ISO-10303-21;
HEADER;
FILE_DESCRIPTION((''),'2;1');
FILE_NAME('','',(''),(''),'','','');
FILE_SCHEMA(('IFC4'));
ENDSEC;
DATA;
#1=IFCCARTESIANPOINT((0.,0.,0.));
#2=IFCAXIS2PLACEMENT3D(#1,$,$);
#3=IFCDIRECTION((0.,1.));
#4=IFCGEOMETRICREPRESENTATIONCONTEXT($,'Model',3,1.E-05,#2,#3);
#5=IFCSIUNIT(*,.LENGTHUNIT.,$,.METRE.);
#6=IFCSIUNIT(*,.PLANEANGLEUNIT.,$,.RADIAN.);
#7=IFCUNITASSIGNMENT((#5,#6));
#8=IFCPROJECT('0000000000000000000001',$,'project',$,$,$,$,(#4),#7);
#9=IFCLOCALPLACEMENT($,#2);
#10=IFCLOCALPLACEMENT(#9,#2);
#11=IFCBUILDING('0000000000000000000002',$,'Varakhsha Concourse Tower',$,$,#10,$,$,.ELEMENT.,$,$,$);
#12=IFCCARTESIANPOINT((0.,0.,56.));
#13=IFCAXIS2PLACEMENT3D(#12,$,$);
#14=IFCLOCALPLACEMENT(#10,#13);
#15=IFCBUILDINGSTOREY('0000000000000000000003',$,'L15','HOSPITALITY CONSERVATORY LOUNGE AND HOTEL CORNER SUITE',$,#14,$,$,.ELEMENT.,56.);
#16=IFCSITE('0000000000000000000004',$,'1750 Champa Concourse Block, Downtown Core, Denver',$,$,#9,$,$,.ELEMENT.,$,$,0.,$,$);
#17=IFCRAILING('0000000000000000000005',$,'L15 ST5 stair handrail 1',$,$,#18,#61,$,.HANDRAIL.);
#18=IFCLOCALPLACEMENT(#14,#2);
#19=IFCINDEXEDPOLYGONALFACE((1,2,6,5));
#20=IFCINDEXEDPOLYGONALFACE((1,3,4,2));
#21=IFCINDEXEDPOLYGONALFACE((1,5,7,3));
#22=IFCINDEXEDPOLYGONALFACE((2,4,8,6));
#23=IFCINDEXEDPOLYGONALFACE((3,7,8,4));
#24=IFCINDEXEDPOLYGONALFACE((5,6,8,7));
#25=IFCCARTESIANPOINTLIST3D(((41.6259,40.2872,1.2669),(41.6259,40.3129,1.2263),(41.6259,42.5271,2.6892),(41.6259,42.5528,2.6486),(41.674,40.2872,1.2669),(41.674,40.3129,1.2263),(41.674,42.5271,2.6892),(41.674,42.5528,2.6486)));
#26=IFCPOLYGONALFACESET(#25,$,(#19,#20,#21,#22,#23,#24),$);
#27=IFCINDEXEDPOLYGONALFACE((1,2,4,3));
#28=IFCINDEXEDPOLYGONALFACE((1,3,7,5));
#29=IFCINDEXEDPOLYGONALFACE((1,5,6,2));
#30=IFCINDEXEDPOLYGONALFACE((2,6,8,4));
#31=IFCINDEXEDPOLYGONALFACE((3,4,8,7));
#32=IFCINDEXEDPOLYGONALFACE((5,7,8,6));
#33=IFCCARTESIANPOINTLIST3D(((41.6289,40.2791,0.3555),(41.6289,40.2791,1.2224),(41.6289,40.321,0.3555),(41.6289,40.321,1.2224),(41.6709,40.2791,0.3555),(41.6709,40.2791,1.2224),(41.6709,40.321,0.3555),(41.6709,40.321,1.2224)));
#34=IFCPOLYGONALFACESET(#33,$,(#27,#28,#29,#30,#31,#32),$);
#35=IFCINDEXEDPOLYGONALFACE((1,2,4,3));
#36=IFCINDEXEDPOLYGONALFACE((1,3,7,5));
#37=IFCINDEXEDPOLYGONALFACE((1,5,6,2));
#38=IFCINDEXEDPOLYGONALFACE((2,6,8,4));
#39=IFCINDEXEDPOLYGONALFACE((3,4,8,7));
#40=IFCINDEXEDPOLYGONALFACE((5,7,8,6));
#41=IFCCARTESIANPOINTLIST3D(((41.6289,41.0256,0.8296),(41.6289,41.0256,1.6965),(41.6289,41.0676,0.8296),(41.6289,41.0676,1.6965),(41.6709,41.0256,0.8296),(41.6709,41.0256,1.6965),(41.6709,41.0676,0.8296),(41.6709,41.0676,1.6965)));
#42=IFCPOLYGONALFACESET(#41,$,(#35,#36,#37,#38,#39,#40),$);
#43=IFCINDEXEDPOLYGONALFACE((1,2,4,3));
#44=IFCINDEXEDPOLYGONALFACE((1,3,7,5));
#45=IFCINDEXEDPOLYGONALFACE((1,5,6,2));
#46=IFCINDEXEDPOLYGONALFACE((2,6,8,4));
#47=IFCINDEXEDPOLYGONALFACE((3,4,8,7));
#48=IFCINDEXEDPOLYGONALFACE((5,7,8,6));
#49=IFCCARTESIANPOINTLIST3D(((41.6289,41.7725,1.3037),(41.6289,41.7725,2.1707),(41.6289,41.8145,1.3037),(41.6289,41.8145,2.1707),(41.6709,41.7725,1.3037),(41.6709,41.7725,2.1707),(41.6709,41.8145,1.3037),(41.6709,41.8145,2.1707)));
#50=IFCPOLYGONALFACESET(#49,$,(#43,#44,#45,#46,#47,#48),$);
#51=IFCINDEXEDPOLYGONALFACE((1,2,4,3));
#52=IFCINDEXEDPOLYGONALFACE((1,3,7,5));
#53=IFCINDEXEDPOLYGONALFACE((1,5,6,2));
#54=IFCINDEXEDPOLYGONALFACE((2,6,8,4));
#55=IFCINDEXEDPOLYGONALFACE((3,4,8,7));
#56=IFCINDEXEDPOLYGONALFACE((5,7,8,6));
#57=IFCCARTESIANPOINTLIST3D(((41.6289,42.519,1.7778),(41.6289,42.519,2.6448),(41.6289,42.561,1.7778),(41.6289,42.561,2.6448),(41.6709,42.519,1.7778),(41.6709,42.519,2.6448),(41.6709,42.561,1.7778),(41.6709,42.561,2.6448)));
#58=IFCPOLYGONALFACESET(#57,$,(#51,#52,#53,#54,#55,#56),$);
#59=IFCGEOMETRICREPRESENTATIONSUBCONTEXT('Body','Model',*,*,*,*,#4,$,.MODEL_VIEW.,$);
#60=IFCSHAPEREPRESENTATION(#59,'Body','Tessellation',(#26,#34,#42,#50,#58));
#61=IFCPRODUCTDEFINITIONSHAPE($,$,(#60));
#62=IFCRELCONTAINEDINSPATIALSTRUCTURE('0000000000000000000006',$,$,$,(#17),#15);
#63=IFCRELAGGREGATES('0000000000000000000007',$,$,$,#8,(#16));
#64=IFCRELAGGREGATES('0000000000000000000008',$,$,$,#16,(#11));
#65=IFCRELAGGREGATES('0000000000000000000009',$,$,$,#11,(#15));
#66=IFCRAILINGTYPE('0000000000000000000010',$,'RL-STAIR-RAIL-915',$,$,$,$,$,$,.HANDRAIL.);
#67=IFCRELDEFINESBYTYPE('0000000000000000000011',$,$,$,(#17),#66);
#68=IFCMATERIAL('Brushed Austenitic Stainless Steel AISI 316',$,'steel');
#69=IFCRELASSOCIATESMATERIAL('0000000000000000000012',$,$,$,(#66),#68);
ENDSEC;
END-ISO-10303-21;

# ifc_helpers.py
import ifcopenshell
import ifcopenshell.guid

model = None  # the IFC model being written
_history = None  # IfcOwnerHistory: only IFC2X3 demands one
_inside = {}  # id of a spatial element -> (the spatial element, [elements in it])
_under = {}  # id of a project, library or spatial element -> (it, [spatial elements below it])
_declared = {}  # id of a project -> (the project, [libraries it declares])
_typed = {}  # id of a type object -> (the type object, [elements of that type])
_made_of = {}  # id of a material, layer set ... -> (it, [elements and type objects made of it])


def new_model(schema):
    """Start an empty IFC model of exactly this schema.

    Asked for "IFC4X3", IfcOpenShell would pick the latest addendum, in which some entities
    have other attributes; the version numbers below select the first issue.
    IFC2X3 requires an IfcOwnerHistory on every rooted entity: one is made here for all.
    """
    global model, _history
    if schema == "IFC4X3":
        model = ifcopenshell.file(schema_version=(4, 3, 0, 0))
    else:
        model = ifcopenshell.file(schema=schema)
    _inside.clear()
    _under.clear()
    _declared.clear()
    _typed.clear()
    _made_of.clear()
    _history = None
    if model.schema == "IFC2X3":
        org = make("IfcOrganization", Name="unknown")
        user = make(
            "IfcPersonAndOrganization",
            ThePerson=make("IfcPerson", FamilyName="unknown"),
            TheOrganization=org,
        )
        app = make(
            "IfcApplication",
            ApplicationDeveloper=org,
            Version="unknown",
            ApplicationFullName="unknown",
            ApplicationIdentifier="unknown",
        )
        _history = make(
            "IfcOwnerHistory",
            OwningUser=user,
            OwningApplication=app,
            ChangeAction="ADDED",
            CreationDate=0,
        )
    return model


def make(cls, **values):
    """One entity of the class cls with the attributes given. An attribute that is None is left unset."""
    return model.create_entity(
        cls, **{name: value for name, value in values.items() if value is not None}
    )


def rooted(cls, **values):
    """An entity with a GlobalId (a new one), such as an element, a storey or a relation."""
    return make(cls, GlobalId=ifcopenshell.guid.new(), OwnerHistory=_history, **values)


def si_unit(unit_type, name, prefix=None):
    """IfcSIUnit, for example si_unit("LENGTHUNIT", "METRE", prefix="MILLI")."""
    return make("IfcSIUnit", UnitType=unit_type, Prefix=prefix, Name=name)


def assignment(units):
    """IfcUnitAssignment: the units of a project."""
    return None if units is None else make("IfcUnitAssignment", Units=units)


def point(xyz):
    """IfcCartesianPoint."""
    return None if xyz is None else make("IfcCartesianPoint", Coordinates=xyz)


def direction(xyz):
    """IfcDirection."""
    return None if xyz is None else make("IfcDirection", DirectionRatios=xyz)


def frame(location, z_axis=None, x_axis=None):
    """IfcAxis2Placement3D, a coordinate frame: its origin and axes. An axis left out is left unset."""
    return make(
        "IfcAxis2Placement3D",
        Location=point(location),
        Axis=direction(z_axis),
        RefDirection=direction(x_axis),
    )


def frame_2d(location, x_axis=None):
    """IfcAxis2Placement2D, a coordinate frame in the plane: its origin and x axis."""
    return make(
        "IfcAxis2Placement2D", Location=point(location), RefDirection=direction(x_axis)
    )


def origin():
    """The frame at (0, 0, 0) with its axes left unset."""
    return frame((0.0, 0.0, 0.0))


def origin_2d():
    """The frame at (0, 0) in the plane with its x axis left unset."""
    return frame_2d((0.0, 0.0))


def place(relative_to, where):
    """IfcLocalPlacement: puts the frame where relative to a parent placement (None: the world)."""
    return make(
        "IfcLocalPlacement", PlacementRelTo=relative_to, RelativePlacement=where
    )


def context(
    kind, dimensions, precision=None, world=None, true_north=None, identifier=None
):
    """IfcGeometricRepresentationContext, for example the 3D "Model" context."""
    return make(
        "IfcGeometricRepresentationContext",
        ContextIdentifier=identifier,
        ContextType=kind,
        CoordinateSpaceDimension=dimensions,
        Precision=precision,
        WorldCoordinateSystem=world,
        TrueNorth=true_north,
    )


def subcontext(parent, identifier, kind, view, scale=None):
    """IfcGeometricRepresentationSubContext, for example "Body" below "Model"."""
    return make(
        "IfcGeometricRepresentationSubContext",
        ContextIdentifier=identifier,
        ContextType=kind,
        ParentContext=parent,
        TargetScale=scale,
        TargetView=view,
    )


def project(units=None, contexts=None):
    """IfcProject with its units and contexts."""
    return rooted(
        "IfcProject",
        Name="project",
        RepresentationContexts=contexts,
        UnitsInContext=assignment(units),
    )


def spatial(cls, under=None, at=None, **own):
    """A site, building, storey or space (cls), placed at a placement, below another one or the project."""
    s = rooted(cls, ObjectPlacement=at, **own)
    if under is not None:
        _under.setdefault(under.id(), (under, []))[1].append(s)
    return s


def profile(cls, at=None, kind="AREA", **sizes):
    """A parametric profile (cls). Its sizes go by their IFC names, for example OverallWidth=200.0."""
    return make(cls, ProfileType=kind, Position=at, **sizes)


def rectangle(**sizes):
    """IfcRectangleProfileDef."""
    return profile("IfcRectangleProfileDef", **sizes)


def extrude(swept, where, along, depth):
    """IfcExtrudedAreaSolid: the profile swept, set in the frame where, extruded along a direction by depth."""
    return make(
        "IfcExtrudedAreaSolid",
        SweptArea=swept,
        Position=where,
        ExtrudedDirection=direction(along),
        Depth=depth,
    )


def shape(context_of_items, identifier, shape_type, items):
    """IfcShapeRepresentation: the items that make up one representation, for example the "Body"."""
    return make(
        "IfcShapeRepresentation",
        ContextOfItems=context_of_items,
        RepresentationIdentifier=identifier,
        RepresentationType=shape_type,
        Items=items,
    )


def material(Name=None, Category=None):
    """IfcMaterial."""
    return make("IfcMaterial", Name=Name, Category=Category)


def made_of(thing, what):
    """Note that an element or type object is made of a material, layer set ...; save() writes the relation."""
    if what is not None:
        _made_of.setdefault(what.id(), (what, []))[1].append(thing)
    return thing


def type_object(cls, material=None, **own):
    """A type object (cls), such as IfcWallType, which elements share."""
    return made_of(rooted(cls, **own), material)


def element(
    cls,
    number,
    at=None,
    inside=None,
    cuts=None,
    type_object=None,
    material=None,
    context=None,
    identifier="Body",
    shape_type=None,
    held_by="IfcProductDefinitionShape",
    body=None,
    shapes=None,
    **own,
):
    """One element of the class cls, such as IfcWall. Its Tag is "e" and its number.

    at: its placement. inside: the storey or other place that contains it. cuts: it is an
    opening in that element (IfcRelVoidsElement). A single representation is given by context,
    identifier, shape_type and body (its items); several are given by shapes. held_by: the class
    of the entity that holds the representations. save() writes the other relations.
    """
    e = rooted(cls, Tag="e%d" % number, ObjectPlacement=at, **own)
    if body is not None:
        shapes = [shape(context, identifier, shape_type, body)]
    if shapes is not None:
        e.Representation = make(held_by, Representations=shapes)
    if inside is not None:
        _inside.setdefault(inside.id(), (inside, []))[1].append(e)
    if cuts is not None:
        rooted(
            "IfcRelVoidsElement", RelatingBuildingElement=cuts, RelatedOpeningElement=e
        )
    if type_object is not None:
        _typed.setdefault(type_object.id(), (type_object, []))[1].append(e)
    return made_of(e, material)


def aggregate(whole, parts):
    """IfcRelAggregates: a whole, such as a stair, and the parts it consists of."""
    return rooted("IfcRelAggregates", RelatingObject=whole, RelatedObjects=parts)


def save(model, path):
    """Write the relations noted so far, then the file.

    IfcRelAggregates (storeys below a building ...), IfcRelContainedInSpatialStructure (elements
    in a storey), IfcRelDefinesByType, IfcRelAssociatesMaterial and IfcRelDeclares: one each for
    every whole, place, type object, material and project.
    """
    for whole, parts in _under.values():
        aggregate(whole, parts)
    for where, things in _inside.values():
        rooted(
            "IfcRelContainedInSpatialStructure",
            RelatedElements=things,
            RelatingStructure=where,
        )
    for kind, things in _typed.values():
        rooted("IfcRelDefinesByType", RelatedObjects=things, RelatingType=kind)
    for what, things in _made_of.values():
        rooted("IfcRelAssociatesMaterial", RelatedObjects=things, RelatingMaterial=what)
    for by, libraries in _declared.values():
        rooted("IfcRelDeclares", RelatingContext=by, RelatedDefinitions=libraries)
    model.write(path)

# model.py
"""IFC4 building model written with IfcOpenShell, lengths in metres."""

from ifc_helpers import new_model, si_unit, direction, frame, origin, origin_2d, place, context, subcontext, project, spatial, rectangle, extrude, material, type_object, element, save


model = new_model("IFC4")

# Units and contexts
model_context = context("Model", 3, precision=1e-05, world=origin(), true_north=direction((0.0, 1.0)))
body_context = subcontext(model_context, "Body", "Model", "MODEL_VIEW")
ifc_project = project(units=[si_unit("LENGTHUNIT", "METRE"), si_unit("PLANEANGLEUNIT", "RADIAN")], contexts=[model_context])

# Site, building, storey
site_placement = place(None, origin())
site = spatial("IfcSite", under=ifc_project, at=site_placement, Name="1750 Champa Concourse Block, Downtown Core, Denver", CompositionType="ELEMENT", RefElevation=0.0)
building_placement = place(site_placement, origin())
building = spatial("IfcBuilding", under=site, at=building_placement, Name="Varakhsha Concourse Tower", CompositionType="ELEMENT")
storey_placement = place(building_placement, frame((0.0, 0.0, 56.0)))
storey = spatial("IfcBuildingStorey", under=building, at=storey_placement, Name="L15", Description="HOSPITALITY CONSERVATORY LOUNGE AND HOTEL CORNER SUITE", CompositionType="ELEMENT", Elevation=56.0)

# Railing
ifc_material_1 = material(Name="Brushed Austenitic Stainless Steel AISI 316", Category="steel")
railing_type_1 = type_object("IfcRailingType", Name="RL-STAIR-RAIL-915", PredefinedType="HANDRAIL", material=ifc_material_1)
railing_1_placement = place(storey_placement, frame((41.6499, 40.3, 0.3555)))
element("IfcRailing", 1, at=railing_1_placement, inside=storey, type_object=railing_type_1, Name="L15 ST5 stair handrail 1", PredefinedType="HANDRAIL", context=body_context, shape_type="SweptSolid", body=[
    extrude(rectangle(XDim=0.0481, YDim=0.0481, at=origin_2d()), frame((0.0, 0.0, 0.8911), z_axis=(0.0, 0.844188, 0.536048), x_axis=(-1.0, 0.0, 0.0)), (0.0, 0.0, 1.0), 2.6533),
    extrude(rectangle(XDim=0.042, YDim=0.042, at=origin_2d()), origin(), (0.0, 0.0, 1.0), 0.8669),
    extrude(rectangle(XDim=0.042, YDim=0.042, at=origin_2d()), frame((0.0, 0.7466, 0.4741)), (0.0, 0.0, 1.0), 0.8669),
    extrude(rectangle(XDim=0.042, YDim=0.042, at=origin_2d()), frame((0.0, 1.4934, 0.9482)), (0.0, 0.0, 1.0), 0.8669),
    extrude(rectangle(XDim=0.042, YDim=0.042, at=origin_2d()), frame((0.0, 2.24, 1.4224)), (0.0, 0.0, 1.0), 0.8669),
])

save(model, "model.ifc")
